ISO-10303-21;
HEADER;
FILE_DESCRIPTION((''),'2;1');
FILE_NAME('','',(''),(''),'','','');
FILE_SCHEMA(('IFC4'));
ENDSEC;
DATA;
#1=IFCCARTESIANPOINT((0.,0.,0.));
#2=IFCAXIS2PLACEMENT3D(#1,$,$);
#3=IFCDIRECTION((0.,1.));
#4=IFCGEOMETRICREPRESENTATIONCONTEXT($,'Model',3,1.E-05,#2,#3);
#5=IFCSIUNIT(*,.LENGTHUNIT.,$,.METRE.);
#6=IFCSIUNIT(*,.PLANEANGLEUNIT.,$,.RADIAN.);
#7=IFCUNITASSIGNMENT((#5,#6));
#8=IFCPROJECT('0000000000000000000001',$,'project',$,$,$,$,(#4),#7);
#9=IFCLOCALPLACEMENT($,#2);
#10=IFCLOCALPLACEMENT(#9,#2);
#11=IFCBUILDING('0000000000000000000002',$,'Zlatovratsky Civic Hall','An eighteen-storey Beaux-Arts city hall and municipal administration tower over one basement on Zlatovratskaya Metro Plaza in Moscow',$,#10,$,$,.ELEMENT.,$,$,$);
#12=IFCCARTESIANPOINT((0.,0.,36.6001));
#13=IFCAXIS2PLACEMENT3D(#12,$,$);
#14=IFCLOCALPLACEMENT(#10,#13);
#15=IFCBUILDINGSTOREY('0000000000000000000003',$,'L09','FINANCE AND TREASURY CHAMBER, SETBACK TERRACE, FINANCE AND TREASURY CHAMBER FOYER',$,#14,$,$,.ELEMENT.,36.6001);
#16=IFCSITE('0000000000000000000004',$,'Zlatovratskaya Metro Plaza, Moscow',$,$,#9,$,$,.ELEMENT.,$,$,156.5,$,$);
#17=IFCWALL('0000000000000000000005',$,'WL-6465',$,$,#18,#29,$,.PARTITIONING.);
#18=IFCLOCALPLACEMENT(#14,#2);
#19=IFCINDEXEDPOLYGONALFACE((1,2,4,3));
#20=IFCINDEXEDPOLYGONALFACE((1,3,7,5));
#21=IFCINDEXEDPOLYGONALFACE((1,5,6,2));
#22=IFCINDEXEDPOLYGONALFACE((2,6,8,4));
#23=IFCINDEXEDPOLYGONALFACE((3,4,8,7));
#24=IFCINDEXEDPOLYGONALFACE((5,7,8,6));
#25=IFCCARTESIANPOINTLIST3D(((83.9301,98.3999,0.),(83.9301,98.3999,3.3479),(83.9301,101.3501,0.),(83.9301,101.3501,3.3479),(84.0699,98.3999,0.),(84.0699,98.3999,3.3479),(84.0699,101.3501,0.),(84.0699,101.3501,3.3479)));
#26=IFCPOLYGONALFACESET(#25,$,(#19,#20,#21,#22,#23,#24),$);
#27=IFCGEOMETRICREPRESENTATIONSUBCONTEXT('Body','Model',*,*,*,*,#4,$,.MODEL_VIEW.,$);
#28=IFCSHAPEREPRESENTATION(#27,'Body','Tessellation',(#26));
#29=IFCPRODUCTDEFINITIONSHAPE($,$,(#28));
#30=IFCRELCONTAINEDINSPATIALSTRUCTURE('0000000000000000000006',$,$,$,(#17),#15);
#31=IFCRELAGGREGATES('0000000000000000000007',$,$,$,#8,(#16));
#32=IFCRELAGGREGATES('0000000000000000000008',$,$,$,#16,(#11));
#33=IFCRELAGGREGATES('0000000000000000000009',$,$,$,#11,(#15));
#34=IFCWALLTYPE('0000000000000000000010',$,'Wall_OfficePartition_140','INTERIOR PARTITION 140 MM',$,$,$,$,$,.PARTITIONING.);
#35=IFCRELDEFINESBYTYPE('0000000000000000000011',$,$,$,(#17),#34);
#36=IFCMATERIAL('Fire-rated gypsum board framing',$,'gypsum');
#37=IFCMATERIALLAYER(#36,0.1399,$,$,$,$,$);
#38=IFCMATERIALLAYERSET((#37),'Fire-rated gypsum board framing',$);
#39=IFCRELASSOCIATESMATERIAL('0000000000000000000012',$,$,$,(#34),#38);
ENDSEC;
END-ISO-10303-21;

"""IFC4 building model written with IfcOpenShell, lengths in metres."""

from ifc_helpers import new_model, si_unit, direction, frame, frame_2d, origin, place, context, subcontext, project, spatial, rectangle, extrude, material, layer, layer_set, type_object, element, save


model = new_model("IFC4")

# Units and contexts
model_context = context("Model", 3, precision=1e-05, world=origin(), true_north=direction((0.0, 1.0)))
body_context = subcontext(model_context, "Body", "Model", "MODEL_VIEW")
ifc_project = project(units=[si_unit("LENGTHUNIT", "METRE"), si_unit("PLANEANGLEUNIT", "RADIAN")], contexts=[model_context])

# Site, building, storey
site_placement = place(None, origin())
site = spatial("IfcSite", under=ifc_project, at=site_placement, Name="Zlatovratskaya Metro Plaza, Moscow", CompositionType="ELEMENT", RefElevation=156.5)
building_placement = place(site_placement, origin())
building = spatial("IfcBuilding", under=site, at=building_placement, Name="Zlatovratsky Civic Hall", Description="An eighteen-storey Beaux-Arts city hall and municipal administration tower over one basement on Zlatovratskaya Metro Plaza in Moscow", CompositionType="ELEMENT")
storey_placement = place(building_placement, frame((0.0, 0.0, 36.6001)))
storey = spatial("IfcBuildingStorey", under=building, at=storey_placement, Name="L09", Description="FINANCE AND TREASURY CHAMBER, SETBACK TERRACE, FINANCE AND TREASURY CHAMBER FOYER", CompositionType="ELEMENT", Elevation=36.6001)

# Shared definitions
ifc_material_1 = material(Name="Fire-rated gypsum board framing", Category="gypsum")
ifc_layer_1 = layer(ifc_material_1, 0.1399)
ifc_layer_set_1 = layer_set([ifc_layer_1], Name="Fire-rated gypsum board framing")
wall_type_1 = type_object("IfcWallType", Name="Wall_OfficePartition_140", Description="INTERIOR PARTITION 140 MM", PredefinedType="PARTITIONING", material=ifc_layer_set_1)

# Wall
wall_1_placement = place(storey_placement, frame((84.0, 98.3999, 0.0), z_axis=(0.0, 0.0, 1.0), x_axis=(0.0, 1.0, 0.0)))
element("IfcWall", 1, at=wall_1_placement, inside=storey, type_object=wall_type_1, Name="WL-6465", PredefinedType="PARTITIONING", context=body_context, shape_type="SweptSolid", body=[
    extrude(rectangle(XDim=2.9502, YDim=0.1399, at=frame_2d((1.4751, 0.0))), origin(), (0.0, 0.0, 1.0), 3.3479),
])

save(model, "model.ifc")
